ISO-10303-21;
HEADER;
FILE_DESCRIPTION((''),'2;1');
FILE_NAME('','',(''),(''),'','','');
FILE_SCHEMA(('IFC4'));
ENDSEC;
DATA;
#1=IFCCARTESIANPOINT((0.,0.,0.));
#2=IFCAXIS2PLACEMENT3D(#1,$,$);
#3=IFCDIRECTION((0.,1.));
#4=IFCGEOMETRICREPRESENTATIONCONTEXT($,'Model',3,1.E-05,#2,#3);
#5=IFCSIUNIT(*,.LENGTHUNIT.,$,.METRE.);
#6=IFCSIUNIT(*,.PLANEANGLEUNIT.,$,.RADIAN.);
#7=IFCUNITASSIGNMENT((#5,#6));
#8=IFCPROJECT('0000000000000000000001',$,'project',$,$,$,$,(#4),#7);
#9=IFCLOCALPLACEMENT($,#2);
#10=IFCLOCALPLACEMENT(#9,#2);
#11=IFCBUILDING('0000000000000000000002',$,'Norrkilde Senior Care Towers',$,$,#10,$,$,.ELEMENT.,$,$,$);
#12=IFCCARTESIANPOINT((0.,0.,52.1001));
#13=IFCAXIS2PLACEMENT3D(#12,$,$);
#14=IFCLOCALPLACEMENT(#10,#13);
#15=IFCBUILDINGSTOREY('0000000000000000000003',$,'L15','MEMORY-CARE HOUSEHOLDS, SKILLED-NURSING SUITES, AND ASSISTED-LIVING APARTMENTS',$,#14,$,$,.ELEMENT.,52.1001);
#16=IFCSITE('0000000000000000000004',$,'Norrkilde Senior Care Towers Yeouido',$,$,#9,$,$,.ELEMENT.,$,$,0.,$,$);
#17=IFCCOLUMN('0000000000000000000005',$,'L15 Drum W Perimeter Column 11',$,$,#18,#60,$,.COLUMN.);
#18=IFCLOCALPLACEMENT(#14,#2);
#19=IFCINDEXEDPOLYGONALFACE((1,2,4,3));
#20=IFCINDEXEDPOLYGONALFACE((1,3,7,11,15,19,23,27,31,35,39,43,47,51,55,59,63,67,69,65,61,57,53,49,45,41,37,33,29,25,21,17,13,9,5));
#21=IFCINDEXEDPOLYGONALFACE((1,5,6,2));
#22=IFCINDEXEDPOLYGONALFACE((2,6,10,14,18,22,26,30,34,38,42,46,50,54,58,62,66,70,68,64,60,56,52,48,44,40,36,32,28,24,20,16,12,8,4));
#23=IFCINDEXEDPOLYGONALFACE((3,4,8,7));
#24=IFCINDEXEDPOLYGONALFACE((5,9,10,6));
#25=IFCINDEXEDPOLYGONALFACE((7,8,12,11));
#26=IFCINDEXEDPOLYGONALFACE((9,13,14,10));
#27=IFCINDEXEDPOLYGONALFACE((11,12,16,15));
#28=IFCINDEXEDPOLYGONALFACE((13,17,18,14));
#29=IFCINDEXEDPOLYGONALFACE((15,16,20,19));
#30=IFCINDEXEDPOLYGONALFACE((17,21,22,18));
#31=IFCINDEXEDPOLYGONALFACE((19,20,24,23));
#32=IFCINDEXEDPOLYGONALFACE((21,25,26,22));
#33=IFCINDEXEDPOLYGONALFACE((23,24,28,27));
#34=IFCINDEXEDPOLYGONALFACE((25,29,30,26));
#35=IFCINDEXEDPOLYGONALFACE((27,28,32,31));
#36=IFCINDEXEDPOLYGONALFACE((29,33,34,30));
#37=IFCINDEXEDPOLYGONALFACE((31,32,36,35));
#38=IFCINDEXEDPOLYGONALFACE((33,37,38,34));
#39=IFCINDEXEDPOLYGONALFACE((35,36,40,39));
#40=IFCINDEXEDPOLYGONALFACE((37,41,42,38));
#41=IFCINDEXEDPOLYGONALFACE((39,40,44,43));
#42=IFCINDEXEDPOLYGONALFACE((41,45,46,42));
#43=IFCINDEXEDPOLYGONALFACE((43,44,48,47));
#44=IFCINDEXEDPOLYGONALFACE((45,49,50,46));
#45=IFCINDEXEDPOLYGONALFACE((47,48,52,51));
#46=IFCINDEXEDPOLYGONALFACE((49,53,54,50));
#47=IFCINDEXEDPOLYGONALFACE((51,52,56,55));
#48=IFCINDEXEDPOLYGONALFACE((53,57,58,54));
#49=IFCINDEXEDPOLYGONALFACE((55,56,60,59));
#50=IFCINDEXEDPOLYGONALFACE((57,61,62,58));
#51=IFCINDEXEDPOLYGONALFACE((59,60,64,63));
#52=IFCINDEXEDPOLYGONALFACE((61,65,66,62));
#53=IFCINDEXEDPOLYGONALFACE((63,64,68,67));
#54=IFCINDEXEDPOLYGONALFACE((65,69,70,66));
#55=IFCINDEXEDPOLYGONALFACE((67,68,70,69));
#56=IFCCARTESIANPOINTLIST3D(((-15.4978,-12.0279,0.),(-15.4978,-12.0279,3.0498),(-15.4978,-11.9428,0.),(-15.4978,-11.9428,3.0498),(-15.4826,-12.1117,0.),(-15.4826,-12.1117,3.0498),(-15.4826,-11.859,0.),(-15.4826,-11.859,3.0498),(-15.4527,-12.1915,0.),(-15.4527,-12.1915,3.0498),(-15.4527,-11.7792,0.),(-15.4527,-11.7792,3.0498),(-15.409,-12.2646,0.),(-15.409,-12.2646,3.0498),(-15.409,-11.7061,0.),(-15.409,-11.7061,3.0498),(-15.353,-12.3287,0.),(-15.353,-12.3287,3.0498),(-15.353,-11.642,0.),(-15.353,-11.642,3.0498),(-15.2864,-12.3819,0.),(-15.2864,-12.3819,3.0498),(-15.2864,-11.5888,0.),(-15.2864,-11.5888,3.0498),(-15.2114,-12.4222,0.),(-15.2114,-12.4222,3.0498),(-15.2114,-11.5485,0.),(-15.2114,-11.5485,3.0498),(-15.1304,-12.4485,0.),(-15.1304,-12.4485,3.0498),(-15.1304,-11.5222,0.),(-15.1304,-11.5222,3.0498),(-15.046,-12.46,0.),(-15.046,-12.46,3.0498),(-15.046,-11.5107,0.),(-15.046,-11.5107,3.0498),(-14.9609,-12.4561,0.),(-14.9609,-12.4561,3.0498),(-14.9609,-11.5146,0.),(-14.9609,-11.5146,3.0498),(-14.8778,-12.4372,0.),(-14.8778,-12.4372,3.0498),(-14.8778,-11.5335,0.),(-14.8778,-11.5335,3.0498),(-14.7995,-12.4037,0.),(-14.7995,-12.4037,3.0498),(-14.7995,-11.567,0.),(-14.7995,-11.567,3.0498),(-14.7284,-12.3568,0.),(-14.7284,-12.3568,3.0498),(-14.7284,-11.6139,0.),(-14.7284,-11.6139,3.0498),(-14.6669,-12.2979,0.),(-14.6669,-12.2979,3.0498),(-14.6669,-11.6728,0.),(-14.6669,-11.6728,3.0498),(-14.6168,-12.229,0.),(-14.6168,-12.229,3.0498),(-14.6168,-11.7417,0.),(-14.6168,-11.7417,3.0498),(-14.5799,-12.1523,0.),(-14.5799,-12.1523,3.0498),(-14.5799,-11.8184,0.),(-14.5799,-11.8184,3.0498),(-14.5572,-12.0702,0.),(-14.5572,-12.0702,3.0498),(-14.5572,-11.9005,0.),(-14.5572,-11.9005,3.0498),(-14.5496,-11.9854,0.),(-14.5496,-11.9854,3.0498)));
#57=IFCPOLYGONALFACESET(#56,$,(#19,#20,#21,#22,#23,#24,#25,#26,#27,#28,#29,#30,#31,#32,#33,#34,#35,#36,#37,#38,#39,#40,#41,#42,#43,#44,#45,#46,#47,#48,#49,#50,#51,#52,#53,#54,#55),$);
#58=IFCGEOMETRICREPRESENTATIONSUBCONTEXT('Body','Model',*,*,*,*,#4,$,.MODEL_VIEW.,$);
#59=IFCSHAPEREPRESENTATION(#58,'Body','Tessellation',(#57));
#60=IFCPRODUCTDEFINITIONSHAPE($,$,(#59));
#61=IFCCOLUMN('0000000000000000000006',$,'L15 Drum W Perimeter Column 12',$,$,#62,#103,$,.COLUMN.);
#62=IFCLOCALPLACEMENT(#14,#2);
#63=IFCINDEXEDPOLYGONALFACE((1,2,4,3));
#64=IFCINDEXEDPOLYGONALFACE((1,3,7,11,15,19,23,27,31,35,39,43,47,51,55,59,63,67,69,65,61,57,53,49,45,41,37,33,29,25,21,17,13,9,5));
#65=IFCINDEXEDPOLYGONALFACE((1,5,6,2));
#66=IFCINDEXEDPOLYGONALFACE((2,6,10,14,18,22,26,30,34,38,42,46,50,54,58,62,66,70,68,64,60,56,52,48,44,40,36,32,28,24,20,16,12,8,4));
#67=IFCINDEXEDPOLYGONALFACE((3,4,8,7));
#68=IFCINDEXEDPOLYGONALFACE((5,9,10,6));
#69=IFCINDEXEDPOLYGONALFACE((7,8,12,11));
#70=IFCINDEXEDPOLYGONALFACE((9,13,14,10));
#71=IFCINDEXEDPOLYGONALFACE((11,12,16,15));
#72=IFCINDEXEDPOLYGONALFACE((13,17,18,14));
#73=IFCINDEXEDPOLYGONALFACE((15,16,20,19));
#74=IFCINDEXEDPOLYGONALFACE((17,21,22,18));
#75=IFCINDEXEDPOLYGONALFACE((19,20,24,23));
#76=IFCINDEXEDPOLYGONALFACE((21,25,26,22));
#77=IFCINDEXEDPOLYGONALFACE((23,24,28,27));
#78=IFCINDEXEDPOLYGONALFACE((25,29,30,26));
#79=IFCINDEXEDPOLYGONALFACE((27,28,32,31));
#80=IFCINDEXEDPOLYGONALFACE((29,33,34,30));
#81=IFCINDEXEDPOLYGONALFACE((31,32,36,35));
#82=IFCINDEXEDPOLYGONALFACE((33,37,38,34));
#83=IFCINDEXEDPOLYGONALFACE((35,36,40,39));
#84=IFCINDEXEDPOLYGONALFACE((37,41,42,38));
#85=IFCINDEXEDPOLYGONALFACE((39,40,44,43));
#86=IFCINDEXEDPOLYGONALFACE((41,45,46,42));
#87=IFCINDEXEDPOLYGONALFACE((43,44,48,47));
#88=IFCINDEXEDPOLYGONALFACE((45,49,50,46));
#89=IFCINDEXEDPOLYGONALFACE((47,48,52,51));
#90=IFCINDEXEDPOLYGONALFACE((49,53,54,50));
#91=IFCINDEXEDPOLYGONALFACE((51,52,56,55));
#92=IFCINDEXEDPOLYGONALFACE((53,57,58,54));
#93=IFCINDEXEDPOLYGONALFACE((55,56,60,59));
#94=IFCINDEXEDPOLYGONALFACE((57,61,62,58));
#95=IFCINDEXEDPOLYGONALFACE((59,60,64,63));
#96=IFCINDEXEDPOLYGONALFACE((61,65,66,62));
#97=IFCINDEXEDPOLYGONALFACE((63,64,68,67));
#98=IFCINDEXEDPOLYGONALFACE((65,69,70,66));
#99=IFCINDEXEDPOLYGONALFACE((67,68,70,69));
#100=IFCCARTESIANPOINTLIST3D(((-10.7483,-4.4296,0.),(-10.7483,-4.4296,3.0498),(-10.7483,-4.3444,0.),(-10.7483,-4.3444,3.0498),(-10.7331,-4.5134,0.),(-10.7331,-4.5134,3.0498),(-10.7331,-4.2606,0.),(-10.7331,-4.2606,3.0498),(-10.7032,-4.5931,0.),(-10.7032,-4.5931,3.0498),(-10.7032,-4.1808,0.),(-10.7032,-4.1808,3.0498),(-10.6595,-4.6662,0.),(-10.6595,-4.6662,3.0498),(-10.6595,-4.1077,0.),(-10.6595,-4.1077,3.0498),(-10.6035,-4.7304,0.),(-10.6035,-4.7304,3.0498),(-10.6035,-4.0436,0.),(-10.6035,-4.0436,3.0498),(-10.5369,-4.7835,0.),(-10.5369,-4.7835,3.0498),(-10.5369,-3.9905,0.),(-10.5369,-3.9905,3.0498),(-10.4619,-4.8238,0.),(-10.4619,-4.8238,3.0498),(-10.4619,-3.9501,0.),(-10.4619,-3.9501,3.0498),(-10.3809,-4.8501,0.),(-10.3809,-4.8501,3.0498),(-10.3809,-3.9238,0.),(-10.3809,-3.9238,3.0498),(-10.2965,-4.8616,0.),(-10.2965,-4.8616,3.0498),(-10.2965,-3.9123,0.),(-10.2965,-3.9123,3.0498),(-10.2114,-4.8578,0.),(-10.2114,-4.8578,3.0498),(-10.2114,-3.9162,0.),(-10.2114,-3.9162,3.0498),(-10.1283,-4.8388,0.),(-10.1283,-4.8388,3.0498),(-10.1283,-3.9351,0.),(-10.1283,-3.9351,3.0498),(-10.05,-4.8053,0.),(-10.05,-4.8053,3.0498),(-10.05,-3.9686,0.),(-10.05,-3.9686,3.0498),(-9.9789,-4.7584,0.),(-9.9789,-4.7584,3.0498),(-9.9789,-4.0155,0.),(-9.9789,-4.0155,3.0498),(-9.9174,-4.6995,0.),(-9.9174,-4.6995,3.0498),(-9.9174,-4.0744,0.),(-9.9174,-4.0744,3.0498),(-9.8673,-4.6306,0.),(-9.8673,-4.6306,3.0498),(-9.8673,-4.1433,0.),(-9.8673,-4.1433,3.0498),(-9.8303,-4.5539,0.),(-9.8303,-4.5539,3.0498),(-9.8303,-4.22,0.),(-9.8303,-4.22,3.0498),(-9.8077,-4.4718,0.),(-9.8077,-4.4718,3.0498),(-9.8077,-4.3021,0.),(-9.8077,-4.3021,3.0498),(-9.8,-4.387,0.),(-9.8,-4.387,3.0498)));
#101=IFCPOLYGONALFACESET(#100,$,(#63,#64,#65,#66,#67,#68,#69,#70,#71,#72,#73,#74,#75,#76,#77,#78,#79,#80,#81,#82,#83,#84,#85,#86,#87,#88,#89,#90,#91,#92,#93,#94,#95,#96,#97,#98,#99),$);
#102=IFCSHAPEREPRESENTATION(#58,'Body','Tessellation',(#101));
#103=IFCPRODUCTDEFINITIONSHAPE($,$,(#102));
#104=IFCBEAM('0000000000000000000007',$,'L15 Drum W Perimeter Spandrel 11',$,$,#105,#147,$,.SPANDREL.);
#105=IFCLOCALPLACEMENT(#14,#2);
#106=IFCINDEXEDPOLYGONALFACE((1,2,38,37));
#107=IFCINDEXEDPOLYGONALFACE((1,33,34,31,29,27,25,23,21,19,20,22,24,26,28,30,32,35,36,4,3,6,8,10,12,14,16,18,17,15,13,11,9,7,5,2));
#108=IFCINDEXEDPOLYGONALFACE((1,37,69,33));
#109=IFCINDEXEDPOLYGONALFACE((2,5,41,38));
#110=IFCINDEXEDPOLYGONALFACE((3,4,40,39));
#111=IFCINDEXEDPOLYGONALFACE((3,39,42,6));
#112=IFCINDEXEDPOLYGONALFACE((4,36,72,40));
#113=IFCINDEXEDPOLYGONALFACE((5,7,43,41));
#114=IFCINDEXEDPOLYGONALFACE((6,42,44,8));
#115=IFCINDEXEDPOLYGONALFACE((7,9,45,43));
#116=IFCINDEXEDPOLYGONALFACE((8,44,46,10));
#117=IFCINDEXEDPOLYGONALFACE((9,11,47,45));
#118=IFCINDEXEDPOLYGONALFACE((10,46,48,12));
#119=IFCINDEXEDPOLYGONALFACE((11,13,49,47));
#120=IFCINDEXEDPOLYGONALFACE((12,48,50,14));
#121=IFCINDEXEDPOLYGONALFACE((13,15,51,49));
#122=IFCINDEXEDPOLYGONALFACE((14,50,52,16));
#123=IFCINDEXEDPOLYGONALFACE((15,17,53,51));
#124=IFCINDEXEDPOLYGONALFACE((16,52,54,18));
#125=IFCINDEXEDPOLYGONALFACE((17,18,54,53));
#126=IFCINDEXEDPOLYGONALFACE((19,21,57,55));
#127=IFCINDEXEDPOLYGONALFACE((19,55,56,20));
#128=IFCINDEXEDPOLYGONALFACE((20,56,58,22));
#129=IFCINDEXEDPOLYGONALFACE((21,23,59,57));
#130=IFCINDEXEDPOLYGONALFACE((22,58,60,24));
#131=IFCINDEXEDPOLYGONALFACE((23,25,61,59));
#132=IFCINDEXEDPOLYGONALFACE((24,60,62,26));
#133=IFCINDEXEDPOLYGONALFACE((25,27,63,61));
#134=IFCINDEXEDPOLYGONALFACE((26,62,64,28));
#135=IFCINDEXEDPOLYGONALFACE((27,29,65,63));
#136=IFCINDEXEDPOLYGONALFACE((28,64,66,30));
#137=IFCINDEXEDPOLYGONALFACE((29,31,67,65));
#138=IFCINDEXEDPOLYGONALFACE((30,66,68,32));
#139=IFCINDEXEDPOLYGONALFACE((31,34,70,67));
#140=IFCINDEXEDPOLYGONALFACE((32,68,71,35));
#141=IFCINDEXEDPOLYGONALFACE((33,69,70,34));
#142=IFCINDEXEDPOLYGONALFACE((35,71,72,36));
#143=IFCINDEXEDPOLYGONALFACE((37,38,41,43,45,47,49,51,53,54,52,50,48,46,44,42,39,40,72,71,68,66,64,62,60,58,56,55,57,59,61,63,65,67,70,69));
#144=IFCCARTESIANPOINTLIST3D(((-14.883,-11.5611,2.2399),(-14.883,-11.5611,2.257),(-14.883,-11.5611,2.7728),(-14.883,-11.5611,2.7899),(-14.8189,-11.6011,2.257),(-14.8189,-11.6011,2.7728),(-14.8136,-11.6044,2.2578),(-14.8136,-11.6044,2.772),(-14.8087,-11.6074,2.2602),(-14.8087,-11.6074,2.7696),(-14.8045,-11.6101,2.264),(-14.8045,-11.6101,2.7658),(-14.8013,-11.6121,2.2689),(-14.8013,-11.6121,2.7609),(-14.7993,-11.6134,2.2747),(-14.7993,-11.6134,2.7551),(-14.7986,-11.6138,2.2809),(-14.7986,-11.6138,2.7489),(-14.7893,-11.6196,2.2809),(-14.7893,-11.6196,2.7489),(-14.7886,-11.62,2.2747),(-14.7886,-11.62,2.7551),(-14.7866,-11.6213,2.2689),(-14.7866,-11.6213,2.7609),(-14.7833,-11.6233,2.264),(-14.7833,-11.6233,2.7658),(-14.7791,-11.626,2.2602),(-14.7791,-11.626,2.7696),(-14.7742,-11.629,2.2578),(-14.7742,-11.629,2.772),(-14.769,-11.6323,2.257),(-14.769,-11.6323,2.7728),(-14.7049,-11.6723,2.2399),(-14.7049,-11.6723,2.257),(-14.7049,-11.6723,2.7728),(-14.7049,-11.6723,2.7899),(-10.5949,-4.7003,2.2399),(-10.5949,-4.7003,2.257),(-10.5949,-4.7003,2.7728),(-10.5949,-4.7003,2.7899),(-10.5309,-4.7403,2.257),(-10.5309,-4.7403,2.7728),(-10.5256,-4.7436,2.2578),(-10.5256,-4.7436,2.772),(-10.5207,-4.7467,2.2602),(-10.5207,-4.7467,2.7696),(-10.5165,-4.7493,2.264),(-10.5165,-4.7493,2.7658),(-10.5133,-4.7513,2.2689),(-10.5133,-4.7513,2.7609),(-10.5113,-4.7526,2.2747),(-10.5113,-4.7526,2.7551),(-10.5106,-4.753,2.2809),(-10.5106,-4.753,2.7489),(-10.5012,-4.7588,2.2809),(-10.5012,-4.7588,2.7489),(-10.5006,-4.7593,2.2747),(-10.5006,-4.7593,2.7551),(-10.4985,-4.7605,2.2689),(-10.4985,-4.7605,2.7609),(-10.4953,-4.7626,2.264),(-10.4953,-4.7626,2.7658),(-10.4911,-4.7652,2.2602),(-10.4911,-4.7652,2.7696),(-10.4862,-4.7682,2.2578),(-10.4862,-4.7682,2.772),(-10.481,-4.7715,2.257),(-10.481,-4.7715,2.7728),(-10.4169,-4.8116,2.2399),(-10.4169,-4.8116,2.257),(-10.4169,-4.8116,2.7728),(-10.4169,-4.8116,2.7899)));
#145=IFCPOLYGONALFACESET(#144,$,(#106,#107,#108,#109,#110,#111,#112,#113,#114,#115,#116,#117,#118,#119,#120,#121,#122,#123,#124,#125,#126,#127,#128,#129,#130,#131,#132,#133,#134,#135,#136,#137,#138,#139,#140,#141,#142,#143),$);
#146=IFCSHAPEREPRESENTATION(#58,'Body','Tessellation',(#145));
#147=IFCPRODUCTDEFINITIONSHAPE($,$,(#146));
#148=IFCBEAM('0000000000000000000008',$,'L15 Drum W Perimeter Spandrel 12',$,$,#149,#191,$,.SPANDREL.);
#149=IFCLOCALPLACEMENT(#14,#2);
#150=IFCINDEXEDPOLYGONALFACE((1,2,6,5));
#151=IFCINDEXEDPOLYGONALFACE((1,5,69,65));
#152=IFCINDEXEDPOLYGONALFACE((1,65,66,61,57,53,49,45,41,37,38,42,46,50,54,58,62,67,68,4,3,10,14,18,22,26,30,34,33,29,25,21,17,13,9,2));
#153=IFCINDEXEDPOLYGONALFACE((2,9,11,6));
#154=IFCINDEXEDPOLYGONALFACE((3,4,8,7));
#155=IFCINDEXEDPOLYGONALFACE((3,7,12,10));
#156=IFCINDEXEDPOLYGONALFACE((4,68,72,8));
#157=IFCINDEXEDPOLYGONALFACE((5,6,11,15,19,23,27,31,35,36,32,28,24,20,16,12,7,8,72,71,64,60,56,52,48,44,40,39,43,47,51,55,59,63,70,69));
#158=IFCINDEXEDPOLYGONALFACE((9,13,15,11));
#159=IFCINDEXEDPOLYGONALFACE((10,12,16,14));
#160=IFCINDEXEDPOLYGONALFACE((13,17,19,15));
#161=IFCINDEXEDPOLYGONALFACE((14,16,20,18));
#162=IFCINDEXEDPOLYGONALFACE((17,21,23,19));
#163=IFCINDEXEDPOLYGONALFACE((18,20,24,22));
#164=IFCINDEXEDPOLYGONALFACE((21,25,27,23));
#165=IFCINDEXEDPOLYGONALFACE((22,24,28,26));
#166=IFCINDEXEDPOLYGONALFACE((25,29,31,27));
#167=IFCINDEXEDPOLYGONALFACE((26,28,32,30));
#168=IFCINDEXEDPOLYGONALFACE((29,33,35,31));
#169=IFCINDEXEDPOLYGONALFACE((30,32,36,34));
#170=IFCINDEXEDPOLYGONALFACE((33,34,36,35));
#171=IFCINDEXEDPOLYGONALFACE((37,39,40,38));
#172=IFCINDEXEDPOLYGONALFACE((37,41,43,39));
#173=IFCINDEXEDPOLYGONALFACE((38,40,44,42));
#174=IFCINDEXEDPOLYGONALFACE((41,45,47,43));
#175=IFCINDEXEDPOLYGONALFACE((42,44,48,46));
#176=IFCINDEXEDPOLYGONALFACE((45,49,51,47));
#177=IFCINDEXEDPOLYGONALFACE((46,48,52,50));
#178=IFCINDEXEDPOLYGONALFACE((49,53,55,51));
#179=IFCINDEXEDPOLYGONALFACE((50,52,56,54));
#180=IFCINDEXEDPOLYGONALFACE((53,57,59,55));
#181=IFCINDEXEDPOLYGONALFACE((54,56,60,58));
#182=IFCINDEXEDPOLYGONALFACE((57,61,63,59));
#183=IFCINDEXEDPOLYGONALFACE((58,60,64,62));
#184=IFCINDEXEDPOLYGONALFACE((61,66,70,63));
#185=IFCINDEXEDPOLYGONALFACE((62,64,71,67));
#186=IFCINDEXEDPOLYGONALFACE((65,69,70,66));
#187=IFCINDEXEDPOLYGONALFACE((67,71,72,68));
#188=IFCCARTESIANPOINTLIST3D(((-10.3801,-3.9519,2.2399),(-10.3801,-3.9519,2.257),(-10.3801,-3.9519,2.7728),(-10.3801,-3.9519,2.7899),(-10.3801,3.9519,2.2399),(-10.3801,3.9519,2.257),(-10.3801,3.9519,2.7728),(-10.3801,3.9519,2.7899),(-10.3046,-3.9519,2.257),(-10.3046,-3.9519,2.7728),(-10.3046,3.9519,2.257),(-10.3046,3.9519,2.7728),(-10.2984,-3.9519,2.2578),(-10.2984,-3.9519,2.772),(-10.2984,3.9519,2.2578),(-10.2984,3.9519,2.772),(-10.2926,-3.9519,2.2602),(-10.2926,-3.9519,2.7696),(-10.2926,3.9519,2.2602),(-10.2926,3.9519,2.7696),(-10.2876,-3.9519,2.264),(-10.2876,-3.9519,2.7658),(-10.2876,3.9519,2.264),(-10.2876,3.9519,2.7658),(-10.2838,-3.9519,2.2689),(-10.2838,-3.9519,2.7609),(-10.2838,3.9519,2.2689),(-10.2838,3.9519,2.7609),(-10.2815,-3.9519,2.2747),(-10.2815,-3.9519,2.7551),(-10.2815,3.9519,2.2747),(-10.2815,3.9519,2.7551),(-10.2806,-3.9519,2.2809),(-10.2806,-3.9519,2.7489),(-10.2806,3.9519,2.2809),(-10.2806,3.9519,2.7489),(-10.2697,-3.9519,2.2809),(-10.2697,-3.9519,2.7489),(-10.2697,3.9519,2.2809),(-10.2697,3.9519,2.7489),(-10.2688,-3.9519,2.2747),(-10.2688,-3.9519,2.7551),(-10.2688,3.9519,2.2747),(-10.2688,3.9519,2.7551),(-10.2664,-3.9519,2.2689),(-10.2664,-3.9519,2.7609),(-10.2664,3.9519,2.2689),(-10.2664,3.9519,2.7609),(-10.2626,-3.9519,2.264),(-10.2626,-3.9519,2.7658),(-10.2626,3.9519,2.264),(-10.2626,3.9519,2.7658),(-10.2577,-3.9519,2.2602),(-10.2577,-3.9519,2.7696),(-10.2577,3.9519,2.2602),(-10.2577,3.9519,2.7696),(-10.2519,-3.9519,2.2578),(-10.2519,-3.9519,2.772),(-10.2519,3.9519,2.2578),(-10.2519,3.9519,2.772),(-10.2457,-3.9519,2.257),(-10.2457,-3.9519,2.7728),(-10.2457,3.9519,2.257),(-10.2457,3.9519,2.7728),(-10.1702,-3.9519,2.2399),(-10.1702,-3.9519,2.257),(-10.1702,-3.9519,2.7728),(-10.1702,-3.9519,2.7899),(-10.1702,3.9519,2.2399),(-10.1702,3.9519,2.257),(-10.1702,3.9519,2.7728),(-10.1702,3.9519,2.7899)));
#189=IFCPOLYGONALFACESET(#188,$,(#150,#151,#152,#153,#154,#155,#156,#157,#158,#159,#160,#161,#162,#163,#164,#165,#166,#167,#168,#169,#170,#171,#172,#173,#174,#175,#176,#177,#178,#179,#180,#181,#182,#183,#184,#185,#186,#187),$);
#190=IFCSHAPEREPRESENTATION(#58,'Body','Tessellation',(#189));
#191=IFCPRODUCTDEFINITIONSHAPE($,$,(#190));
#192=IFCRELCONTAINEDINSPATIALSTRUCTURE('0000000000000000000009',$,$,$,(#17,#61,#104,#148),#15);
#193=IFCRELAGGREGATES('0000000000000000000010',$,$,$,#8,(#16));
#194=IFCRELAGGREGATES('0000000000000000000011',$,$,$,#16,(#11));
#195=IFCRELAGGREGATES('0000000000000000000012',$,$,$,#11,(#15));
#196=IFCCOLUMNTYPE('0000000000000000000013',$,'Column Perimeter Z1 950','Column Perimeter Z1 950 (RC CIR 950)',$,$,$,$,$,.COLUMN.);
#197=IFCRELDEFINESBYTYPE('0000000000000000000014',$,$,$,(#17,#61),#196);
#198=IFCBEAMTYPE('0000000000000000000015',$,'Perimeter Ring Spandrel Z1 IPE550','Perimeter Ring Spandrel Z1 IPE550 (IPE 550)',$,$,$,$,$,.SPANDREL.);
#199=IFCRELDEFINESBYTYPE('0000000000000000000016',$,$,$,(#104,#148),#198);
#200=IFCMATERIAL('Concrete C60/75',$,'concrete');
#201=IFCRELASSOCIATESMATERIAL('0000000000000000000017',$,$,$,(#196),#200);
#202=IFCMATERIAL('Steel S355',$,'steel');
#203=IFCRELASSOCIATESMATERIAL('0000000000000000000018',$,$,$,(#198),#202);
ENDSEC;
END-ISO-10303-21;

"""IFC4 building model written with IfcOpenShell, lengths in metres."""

from ifc_helpers import new_model, si_unit, direction, frame, origin, origin_2d, place, context, subcontext, project, spatial, circle, i_section, extrude, source, transform, mapped, material, material_profile, profile_set, type_object, type_shapes, element, save


model = new_model("IFC4")

# Units and contexts
model_context = context("Model", 3, precision=1e-05, world=origin(), true_north=direction((0.0, 1.0)))
body_context = subcontext(model_context, "Body", "Model", "MODEL_VIEW")
ifc_project = project(units=[si_unit("LENGTHUNIT", "METRE"), si_unit("PLANEANGLEUNIT", "RADIAN")], contexts=[model_context])

# Site, building, storey
site_placement = place(None, origin())
site = spatial("IfcSite", under=ifc_project, at=site_placement, Name="Norrkilde Senior Care Towers Yeouido", CompositionType="ELEMENT", RefElevation=0.0)
building_placement = place(site_placement, origin())
building = spatial("IfcBuilding", under=site, at=building_placement, Name="Norrkilde Senior Care Towers", CompositionType="ELEMENT")
storey_placement = place(building_placement, frame((0.0, 0.0, 52.1001)))
storey = spatial("IfcBuildingStorey", under=building, at=storey_placement, Name="L15", Description="MEMORY-CARE HOUSEHOLDS, SKILLED-NURSING SUITES, AND ASSISTED-LIVING APARTMENTS", CompositionType="ELEMENT", Elevation=52.1001)

# Columns
ifc_material_1 = material(Name="Concrete C60/75", Category="concrete")
ifc_material_profile_1 = material_profile(ifc_material_1, circle(Radius=0.4751, at=origin_2d()), Name="RC CIR 950")
ifc_profile_set_1 = profile_set([ifc_material_profile_1], Name="Concrete C60/75")
column_type = type_object("IfcColumnType", Name="Column Perimeter Z1 950", Description="Column Perimeter Z1 950 (RC CIR 950)", PredefinedType="COLUMN", material=ifc_profile_set_1)
shared_shape_1 = source(origin(), body_context, "Body", "SweptSolid", [
    extrude(circle(Radius=0.4751, at=origin_2d()), origin(), (0.0, 0.0, 1.0), 3.0498),
])
type_shapes(column_type, [shared_shape_1])
for number, where, z_axis, x_axis, name in (
    (1, (-15.0247, -11.9854, 0.0), (0.0, 0.0, 1.0), (1.0, 0.0, 0.0), "L15 Drum W Perimeter Column 11"),
    (2, (-10.2751, -4.387, 0.0), (0.0, 0.0, 1.0), (1.0, 0.0, 0.0), "L15 Drum W Perimeter Column 12"),
):
    element("IfcColumn", number, at=place(storey_placement, frame(where, z_axis=z_axis, x_axis=x_axis)), inside=storey, type_object=column_type, Name=name, PredefinedType="COLUMN", context=body_context, shape_type="MappedRepresentation", body=[
        mapped(shared_shape_1, transform((0.0, 0.0, 0.0), x_axis=(1.0, 0.0, 0.0), y_axis=(0.0, 1.0, 0.0), z_axis=(0.0, 0.0, 1.0), scale=1.0)),
    ])

# Beams
ifc_material_2 = material(Name="Steel S355", Category="steel")
ifc_material_profile_2 = material_profile(ifc_material_2, i_section(OverallWidth=0.21, OverallDepth=0.55, WebThickness=0.011, FlangeThickness=0.0171, FilletRadius=0.0239, at=origin_2d()), Name="IPE 550")
ifc_profile_set_2 = profile_set([ifc_material_profile_2], Name="Steel S355")
beam_type_1 = type_object("IfcBeamType", Name="Perimeter Ring Spandrel Z1 IPE550", Description="Perimeter Ring Spandrel Z1 IPE550 (IPE 550)", PredefinedType="SPANDREL", material=ifc_profile_set_2)
shared_shape_2 = source(origin(), body_context, "Body", "SweptSolid", [
    extrude(i_section(OverallWidth=0.21, OverallDepth=0.55, WebThickness=0.011, FlangeThickness=0.0171, FilletRadius=0.0239, at=origin_2d()), origin(), (0.0, 0.0, 1.0), 8.0906),
])
beam_1_placement = place(storey_placement, frame((-14.7939, -11.6167, 2.5149), z_axis=(0.530004, 0.847995, 0.0), x_axis=(-0.847995, 0.530004, 0.0)))
element("IfcBeam", 3, at=beam_1_placement, inside=storey, type_object=beam_type_1, Name="L15 Drum W Perimeter Spandrel 11", PredefinedType="SPANDREL", context=body_context, shape_type="MappedRepresentation", body=[
    mapped(shared_shape_2, transform((0.0, 0.0, 0.0), x_axis=(1.0, 0.0, 0.0), y_axis=(0.0, 1.0, 0.0), z_axis=(0.0, 0.0, 1.0), scale=1.0)),
])
shared_shape_3 = source(origin(), body_context, "Body", "SweptSolid", [
    extrude(i_section(OverallWidth=0.21, OverallDepth=0.55, WebThickness=0.011, FlangeThickness=0.0171, FilletRadius=0.0239, at=origin_2d()), origin(), (0.0, 0.0, 1.0), 7.9038),
])
type_shapes(beam_type_1, [shared_shape_2, shared_shape_3])
beam_2_placement = place(storey_placement, frame((-10.2751, -3.9519, 2.5149), z_axis=(0.0, 1.0, 0.0), x_axis=(-1.0, 0.0, 0.0)))
element("IfcBeam", 4, at=beam_2_placement, inside=storey, type_object=beam_type_1, Name="L15 Drum W Perimeter Spandrel 12", PredefinedType="SPANDREL", context=body_context, shape_type="MappedRepresentation", body=[
    mapped(shared_shape_3, transform((0.0, 0.0, 0.0), x_axis=(1.0, 0.0, 0.0), y_axis=(0.0, 1.0, 0.0), z_axis=(0.0, 0.0, 1.0), scale=1.0)),
])

save(model, "model.ifc")
